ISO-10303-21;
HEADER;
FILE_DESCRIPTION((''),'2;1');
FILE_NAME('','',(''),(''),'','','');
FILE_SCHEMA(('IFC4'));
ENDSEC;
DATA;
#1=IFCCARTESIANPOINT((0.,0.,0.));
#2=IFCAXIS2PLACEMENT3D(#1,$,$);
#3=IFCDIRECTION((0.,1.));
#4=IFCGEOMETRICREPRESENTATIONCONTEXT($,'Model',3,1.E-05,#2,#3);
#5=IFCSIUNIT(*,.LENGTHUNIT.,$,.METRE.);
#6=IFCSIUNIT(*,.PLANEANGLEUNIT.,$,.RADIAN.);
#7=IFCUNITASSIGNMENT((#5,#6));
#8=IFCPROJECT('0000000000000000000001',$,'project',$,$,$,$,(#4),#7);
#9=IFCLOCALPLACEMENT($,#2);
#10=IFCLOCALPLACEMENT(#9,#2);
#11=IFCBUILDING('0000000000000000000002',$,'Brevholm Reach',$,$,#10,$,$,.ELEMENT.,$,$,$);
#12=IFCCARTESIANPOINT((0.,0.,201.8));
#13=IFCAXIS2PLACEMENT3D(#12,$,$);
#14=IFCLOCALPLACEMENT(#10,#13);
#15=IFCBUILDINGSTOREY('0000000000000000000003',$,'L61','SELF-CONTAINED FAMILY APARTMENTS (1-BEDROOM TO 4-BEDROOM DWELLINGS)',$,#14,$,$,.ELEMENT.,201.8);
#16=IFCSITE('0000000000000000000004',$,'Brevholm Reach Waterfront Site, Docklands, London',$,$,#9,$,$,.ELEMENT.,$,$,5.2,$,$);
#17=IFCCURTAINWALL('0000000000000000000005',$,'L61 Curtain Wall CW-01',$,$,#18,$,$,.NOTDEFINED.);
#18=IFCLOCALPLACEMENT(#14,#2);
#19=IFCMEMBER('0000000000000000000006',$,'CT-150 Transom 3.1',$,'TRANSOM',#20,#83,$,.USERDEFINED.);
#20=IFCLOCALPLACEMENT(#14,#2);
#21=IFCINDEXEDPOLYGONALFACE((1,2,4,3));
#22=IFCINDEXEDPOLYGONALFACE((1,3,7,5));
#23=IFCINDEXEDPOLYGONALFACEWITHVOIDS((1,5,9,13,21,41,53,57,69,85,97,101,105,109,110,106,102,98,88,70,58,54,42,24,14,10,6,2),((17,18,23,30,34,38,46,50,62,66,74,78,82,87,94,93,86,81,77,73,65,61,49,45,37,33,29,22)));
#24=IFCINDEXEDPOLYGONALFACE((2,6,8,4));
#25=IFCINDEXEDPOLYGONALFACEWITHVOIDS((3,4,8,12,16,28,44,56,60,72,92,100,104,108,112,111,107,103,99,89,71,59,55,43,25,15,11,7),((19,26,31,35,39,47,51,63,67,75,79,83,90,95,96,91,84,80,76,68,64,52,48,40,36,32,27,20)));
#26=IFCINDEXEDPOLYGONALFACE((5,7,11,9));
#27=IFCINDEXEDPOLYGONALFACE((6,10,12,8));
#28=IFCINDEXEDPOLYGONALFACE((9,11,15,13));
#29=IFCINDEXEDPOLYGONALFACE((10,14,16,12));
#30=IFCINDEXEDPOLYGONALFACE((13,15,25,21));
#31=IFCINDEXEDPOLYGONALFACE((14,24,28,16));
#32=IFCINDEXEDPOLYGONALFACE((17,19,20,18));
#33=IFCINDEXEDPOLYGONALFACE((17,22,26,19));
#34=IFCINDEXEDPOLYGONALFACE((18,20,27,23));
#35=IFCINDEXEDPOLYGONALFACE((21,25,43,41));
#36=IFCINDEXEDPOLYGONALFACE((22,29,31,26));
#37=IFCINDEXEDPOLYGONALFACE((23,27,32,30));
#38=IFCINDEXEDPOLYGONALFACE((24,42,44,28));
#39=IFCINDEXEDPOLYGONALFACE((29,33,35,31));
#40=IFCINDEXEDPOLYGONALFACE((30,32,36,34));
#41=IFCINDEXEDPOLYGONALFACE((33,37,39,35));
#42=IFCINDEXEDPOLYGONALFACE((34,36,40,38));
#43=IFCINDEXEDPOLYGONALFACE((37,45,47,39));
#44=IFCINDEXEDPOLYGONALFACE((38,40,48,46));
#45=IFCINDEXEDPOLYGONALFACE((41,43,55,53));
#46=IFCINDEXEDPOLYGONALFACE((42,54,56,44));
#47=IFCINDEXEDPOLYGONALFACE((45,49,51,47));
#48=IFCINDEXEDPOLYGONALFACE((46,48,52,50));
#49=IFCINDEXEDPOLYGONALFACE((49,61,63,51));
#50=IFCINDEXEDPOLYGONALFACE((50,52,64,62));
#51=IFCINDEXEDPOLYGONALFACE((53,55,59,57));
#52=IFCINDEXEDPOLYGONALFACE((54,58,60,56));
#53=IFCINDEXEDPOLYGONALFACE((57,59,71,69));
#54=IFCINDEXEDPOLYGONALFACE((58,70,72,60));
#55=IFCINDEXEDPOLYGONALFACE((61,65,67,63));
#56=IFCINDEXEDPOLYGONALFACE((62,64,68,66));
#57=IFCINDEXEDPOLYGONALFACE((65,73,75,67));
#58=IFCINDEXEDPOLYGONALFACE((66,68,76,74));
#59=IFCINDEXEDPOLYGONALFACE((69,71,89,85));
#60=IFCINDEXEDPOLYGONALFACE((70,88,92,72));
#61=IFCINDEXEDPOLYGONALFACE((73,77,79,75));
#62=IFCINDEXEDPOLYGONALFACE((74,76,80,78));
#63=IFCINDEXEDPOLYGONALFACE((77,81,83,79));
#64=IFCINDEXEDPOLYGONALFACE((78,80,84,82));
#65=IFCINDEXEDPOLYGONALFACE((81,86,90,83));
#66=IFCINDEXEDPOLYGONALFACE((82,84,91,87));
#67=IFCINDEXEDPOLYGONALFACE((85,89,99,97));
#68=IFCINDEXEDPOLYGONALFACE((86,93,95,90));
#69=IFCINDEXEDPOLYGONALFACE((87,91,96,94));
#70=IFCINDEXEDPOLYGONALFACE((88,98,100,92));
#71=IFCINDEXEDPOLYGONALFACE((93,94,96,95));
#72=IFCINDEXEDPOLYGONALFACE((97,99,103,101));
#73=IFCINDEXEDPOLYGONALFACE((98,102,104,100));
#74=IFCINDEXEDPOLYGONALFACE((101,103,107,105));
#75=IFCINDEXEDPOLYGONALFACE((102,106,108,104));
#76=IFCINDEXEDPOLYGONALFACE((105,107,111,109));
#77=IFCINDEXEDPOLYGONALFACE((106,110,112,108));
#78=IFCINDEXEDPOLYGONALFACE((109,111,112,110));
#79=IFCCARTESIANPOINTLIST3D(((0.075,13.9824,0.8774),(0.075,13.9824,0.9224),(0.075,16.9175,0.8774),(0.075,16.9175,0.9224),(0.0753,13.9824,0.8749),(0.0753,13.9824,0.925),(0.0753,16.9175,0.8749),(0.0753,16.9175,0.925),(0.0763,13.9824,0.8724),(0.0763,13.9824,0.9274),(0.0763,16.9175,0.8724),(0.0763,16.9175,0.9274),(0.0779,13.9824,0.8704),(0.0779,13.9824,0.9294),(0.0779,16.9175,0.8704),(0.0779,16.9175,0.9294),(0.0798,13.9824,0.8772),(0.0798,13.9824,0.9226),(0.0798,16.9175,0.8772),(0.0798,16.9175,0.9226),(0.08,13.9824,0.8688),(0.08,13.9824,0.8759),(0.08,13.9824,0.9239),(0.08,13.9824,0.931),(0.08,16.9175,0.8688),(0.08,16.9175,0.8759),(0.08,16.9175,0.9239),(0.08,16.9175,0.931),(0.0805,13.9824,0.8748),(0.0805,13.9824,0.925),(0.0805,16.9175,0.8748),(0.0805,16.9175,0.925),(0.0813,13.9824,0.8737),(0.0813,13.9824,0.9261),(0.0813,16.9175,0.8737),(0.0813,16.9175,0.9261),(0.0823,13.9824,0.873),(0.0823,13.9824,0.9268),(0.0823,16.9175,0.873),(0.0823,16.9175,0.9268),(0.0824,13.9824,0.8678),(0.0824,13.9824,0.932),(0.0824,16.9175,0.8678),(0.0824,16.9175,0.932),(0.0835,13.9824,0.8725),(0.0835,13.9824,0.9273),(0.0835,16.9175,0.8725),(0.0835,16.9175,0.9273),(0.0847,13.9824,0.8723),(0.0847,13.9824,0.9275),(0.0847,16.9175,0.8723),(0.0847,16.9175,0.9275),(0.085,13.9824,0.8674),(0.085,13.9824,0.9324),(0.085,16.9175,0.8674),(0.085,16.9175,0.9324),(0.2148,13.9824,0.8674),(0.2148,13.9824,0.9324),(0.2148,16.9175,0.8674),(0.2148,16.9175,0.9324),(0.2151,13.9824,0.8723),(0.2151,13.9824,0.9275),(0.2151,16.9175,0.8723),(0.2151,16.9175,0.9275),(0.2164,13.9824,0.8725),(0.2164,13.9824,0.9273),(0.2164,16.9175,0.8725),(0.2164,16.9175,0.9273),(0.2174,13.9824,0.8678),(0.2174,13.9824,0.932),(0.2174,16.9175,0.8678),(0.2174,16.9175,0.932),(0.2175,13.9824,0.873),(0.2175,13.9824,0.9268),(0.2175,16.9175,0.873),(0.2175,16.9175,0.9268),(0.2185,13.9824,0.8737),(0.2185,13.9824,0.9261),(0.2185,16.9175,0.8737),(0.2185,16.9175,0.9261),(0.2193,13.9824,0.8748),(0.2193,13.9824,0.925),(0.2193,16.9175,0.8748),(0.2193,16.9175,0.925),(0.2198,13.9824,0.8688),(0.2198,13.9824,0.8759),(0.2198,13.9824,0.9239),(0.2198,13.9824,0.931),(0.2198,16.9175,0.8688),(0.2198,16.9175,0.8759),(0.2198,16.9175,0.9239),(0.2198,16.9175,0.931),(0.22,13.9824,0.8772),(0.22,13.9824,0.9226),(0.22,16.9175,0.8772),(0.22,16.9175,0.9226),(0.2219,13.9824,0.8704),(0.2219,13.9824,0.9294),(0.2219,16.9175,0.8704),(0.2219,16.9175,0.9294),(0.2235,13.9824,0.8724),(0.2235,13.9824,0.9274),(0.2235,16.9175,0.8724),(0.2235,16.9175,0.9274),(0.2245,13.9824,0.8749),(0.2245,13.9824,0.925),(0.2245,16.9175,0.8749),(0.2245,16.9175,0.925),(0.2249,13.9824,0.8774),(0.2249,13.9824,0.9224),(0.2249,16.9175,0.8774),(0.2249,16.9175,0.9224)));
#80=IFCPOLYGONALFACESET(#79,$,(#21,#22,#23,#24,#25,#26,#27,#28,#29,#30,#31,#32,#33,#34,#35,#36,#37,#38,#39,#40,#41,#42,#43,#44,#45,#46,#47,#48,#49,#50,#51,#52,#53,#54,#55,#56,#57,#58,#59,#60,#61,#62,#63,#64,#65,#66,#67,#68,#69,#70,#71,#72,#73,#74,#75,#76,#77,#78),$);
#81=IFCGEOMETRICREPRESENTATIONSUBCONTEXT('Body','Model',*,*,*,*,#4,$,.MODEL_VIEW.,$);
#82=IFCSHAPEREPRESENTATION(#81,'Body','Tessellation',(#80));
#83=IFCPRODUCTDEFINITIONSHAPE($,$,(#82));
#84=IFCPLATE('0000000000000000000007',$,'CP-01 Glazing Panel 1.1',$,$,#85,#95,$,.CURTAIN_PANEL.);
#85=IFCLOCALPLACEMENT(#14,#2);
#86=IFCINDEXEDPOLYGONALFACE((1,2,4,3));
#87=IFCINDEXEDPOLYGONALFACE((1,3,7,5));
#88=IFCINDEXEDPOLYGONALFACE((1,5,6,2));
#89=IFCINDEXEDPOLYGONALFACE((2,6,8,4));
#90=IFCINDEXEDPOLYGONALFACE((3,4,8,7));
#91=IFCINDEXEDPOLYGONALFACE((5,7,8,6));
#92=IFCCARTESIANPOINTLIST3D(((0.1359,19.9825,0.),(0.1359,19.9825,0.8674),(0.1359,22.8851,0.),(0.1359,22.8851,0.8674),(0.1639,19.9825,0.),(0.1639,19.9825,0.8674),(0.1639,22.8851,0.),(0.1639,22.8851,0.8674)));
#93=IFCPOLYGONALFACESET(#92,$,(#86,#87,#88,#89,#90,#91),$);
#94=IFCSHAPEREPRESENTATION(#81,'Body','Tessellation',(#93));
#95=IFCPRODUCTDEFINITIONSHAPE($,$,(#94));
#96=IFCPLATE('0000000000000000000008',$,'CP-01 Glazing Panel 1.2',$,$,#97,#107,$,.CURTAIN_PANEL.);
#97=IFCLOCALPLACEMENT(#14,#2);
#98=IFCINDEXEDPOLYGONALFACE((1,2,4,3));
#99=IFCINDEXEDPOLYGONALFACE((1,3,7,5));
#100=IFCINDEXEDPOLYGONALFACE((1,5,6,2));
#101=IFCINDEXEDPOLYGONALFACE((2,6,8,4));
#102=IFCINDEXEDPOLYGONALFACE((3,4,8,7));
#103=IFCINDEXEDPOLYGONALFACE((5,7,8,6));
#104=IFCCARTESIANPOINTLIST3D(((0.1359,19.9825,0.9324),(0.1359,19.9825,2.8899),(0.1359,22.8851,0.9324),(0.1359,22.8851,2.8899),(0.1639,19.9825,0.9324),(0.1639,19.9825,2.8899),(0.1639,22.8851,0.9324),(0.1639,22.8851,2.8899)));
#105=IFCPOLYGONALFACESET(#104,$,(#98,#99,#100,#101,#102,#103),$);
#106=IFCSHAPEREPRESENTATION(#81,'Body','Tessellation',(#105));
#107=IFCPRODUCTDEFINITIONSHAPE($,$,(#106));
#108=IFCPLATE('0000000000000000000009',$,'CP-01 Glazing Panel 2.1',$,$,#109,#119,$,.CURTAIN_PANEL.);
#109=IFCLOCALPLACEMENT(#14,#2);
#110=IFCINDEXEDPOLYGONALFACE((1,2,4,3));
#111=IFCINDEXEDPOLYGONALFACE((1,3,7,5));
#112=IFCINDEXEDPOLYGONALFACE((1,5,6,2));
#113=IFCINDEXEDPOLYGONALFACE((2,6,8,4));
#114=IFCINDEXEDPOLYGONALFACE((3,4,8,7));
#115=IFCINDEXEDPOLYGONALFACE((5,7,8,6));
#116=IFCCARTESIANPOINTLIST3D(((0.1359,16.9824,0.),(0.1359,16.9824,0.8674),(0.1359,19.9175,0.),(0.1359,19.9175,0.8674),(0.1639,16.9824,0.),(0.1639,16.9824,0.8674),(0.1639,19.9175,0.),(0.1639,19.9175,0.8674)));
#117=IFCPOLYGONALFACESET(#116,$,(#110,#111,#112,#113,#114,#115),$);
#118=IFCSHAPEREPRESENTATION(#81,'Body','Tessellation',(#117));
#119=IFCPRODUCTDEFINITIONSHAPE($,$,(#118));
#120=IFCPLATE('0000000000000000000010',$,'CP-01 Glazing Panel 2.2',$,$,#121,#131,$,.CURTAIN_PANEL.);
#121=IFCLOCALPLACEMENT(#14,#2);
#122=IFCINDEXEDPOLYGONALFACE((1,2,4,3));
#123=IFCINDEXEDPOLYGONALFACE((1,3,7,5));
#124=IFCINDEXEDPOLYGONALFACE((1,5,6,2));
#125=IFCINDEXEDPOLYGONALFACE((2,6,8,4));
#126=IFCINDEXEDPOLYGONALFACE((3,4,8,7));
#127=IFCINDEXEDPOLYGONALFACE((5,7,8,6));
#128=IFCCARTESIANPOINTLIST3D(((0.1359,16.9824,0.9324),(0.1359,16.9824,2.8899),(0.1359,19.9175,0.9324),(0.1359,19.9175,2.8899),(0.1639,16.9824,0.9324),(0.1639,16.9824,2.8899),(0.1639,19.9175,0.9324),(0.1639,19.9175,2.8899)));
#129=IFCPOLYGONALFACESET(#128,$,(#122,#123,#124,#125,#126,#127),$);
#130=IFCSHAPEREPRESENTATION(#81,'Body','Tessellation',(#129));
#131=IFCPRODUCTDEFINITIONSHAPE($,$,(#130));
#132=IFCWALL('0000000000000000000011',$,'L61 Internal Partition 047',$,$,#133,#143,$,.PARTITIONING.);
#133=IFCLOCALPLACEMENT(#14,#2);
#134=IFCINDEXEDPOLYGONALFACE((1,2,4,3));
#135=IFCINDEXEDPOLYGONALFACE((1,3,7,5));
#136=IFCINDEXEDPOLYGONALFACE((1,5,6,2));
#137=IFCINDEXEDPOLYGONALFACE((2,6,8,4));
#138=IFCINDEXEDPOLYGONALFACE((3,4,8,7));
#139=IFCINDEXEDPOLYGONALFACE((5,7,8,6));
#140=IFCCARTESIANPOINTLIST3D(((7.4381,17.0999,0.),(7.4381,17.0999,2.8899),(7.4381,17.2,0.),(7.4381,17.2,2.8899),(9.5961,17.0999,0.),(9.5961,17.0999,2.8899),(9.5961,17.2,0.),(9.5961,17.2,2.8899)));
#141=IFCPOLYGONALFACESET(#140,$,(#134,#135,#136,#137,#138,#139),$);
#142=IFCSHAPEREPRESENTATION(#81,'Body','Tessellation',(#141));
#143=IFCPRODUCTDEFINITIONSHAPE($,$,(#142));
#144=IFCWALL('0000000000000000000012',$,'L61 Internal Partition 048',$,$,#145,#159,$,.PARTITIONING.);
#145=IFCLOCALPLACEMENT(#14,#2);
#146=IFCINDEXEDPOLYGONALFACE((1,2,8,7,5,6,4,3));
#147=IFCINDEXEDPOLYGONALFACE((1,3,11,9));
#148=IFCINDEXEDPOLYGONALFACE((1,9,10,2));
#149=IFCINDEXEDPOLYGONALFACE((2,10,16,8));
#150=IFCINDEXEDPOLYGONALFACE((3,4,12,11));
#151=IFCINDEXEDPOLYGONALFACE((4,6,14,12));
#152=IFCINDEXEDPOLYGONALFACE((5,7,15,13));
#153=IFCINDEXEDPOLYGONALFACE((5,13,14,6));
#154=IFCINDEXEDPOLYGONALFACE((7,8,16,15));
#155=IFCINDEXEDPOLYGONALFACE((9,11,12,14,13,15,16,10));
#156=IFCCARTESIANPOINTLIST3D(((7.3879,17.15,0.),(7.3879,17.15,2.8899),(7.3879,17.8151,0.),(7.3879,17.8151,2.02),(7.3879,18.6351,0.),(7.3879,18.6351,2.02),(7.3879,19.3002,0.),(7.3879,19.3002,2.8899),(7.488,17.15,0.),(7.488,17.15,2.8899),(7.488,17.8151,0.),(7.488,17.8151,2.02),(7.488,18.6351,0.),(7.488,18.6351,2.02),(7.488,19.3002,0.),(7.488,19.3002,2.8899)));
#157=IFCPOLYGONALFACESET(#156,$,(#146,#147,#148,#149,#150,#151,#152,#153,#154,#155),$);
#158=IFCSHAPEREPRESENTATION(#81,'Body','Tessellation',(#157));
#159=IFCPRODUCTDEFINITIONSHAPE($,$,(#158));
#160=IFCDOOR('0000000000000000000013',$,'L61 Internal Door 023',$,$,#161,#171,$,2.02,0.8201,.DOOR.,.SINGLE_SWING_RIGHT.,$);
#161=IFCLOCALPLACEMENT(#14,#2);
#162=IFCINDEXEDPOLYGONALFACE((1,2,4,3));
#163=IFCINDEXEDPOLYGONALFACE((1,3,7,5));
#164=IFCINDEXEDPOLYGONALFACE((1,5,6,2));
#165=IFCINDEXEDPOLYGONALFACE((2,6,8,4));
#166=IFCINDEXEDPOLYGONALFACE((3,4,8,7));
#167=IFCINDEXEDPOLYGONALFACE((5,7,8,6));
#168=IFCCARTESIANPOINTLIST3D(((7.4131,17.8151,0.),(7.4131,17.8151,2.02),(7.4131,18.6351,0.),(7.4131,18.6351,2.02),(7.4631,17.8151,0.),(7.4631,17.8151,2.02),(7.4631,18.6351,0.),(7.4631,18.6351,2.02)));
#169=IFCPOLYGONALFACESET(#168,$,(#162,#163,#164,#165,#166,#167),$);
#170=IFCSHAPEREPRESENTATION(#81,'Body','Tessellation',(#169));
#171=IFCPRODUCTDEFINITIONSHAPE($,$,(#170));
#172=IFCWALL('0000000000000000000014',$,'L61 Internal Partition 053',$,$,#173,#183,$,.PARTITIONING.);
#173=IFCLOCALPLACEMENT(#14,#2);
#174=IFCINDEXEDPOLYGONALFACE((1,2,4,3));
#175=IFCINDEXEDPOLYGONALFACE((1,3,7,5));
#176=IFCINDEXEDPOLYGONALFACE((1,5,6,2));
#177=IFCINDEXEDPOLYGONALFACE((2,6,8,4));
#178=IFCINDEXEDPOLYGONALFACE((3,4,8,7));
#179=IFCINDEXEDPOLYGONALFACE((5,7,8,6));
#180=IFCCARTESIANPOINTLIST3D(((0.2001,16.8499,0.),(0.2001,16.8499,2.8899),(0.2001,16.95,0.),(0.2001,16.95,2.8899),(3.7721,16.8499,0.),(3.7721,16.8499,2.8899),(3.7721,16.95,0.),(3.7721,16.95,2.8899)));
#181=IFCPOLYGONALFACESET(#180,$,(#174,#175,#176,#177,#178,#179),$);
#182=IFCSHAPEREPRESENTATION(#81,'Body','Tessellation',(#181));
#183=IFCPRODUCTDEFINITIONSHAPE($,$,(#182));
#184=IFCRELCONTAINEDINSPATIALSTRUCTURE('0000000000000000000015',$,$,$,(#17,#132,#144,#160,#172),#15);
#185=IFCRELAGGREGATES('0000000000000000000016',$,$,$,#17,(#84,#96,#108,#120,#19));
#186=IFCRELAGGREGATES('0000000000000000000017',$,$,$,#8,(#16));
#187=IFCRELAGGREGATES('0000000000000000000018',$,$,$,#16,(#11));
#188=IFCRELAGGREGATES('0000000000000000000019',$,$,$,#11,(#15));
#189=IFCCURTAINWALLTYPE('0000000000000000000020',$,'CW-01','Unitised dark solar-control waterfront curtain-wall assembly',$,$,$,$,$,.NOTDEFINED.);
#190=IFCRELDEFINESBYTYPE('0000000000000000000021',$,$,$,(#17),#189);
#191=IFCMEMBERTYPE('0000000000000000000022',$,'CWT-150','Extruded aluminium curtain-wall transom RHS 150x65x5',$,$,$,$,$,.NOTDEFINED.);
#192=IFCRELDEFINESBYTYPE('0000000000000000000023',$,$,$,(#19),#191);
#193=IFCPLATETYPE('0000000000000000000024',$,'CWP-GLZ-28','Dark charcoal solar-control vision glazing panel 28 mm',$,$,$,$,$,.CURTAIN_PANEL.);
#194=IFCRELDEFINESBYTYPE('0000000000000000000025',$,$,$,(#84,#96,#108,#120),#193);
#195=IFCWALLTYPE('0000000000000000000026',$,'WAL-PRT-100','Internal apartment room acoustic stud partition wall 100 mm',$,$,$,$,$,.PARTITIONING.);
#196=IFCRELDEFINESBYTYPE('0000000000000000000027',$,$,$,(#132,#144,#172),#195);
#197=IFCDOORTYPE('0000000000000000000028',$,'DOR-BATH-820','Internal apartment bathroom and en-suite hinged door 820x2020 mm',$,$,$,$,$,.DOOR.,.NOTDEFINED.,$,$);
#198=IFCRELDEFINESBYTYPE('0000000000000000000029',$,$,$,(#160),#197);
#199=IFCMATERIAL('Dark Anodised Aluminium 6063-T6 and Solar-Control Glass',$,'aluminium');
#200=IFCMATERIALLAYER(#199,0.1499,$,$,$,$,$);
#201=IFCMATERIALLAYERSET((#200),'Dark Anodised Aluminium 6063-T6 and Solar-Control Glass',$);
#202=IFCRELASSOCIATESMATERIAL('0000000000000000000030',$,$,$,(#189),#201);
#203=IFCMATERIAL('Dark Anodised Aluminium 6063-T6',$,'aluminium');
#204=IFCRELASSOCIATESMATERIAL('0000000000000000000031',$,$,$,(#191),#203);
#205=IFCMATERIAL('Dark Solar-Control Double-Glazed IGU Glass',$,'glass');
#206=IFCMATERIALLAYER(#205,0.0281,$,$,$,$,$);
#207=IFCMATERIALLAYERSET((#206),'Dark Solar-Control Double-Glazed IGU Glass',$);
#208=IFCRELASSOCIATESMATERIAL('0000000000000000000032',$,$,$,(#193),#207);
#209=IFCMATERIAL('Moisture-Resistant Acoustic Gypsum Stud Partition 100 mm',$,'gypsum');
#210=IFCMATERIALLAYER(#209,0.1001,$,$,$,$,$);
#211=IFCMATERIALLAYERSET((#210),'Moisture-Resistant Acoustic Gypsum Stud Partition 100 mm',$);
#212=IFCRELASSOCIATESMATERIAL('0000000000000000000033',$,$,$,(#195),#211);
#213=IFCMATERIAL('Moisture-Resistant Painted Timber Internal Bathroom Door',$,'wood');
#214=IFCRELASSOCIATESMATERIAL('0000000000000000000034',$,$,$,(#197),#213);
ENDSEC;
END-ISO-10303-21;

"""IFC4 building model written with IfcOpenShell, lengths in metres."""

from ifc_helpers import new_model, si_unit, direction, frame, frame_2d, origin, origin_2d, place, context, subcontext, project, spatial, rectangle, hollow_rectangle, extrude, material, layer, layer_set, material_profile, profile_set, type_object, element, fill, aggregate, save


model = new_model("IFC4")

# Units and contexts
model_context = context("Model", 3, precision=1e-05, world=origin(), true_north=direction((0.0, 1.0)))
body_context = subcontext(model_context, "Body", "Model", "MODEL_VIEW")
ifc_project = project(units=[si_unit("LENGTHUNIT", "METRE"), si_unit("PLANEANGLEUNIT", "RADIAN")], contexts=[model_context])

# Site, building, storey
site_placement = place(None, origin())
site = spatial("IfcSite", under=ifc_project, at=site_placement, Name="Brevholm Reach Waterfront Site, Docklands, London", CompositionType="ELEMENT", RefElevation=5.2)
building_placement = place(site_placement, origin())
building = spatial("IfcBuilding", under=site, at=building_placement, Name="Brevholm Reach", CompositionType="ELEMENT")
storey_placement = place(building_placement, frame((0.0, 0.0, 201.8)))
storey = spatial("IfcBuildingStorey", under=building, at=storey_placement, Name="L61", Description="SELF-CONTAINED FAMILY APARTMENTS (1-BEDROOM TO 4-BEDROOM DWELLINGS)", CompositionType="ELEMENT", Elevation=201.8)

# Curtain wall, member, plates
ifc_material_1 = material(Name="Dark Anodised Aluminium 6063-T6 and Solar-Control Glass", Category="aluminium")
ifc_layer_1 = layer(ifc_material_1, 0.1499)
ifc_layer_set_1 = layer_set([ifc_layer_1], Name="Dark Anodised Aluminium 6063-T6 and Solar-Control Glass")
curtain_wall_type = type_object("IfcCurtainWallType", Name="CW-01", Description="Unitised dark solar-control waterfront curtain-wall assembly", PredefinedType="NOTDEFINED", material=ifc_layer_set_1)
curtain_wall_placement = place(storey_placement, origin())
curtain_wall = element("IfcCurtainWall", 1, at=curtain_wall_placement, inside=storey, type_object=curtain_wall_type, Name="L61 Curtain Wall CW-01", PredefinedType="NOTDEFINED")
ifc_material_2 = material(Name="Dark Anodised Aluminium 6063-T6", Category="aluminium")
ifc_material_profile_1 = material_profile(ifc_material_2, hollow_rectangle(XDim=0.0649, YDim=0.1499, WallThickness=0.0049, InnerFilletRadius=0.0049, OuterFilletRadius=0.01, at=origin_2d()), Name="RHS 150x65x5")
ifc_profile_set_1 = profile_set([ifc_material_profile_1], Name="Dark Anodised Aluminium 6063-T6")
member_type_1 = type_object("IfcMemberType", Name="CWT-150", Description="Extruded aluminium curtain-wall transom RHS 150x65x5", PredefinedType="NOTDEFINED", material=ifc_profile_set_1)
member_1_placement = place(storey_placement, frame((0.1499, 16.9175, 0.8999), z_axis=(0.0, -1.0, 0.0), x_axis=(0.0, 0.0, 1.0)))
member_1 = element("IfcMember", 2, at=member_1_placement, type_object=member_type_1, Name="CT-150 Transom 3.1", ObjectType="TRANSOM", PredefinedType="USERDEFINED", context=body_context, shape_type="SweptSolid", body=[
    extrude(hollow_rectangle(XDim=0.0649, YDim=0.1499, WallThickness=0.0049, InnerFilletRadius=0.0049, OuterFilletRadius=0.01, at=origin_2d()), origin(), (0.0, 0.0, 1.0), 2.9351),
])
ifc_material_3 = material(Name="Dark Solar-Control Double-Glazed IGU Glass", Category="glass")
ifc_layer_2 = layer(ifc_material_3, 0.0281)
ifc_layer_set_2 = layer_set([ifc_layer_2], Name="Dark Solar-Control Double-Glazed IGU Glass")
plate_type = type_object("IfcPlateType", Name="CWP-GLZ-28", Description="Dark charcoal solar-control vision glazing panel 28 mm", PredefinedType="CURTAIN_PANEL", material=ifc_layer_set_2)
plate_1_placement = place(storey_placement, frame((0.1499, 21.4338, 0.0), z_axis=(0.0, 0.0, 1.0), x_axis=(0.0, -1.0, 0.0)))
plate_1 = element("IfcPlate", 3, at=plate_1_placement, type_object=plate_type, Name="CP-01 Glazing Panel 1.1", PredefinedType="CURTAIN_PANEL", context=body_context, shape_type="SweptSolid", body=[
    extrude(rectangle(XDim=2.9026, YDim=0.0281, at=origin_2d()), origin(), (0.0, 0.0, 1.0), 0.8674),
])
plate_2_placement = place(storey_placement, frame((0.1499, 21.4338, 0.9324), z_axis=(0.0, 0.0, 1.0), x_axis=(0.0, -1.0, 0.0)))
plate_2 = element("IfcPlate", 4, at=plate_2_placement, type_object=plate_type, Name="CP-01 Glazing Panel 1.2", PredefinedType="CURTAIN_PANEL", context=body_context, shape_type="SweptSolid", body=[
    extrude(rectangle(XDim=2.9026, YDim=0.0281, at=origin_2d()), origin(), (0.0, 0.0, 1.0), 1.9575),
])
plate_3_placement = place(storey_placement, frame((0.1499, 18.45, 0.0), z_axis=(0.0, 0.0, 1.0), x_axis=(0.0, -1.0, 0.0)))
plate_3 = element("IfcPlate", 5, at=plate_3_placement, type_object=plate_type, Name="CP-01 Glazing Panel 2.1", PredefinedType="CURTAIN_PANEL", context=body_context, shape_type="SweptSolid", body=[
    extrude(rectangle(XDim=2.9351, YDim=0.0281, at=origin_2d()), origin(), (0.0, 0.0, 1.0), 0.8674),
])
plate_4_placement = place(storey_placement, frame((0.1499, 18.45, 0.9324), z_axis=(0.0, 0.0, 1.0), x_axis=(0.0, -1.0, 0.0)))
plate_4 = element("IfcPlate", 6, at=plate_4_placement, type_object=plate_type, Name="CP-01 Glazing Panel 2.2", PredefinedType="CURTAIN_PANEL", context=body_context, shape_type="SweptSolid", body=[
    extrude(rectangle(XDim=2.9351, YDim=0.0281, at=origin_2d()), origin(), (0.0, 0.0, 1.0), 1.9575),
])
aggregate(curtain_wall, [plate_1, plate_2, plate_3, plate_4, member_1])

# Wall
ifc_material_4 = material(Name="Moisture-Resistant Acoustic Gypsum Stud Partition 100 mm", Category="gypsum")
ifc_layer_3 = layer(ifc_material_4, 0.1001)
ifc_layer_set_3 = layer_set([ifc_layer_3], Name="Moisture-Resistant Acoustic Gypsum Stud Partition 100 mm")
wall_type_1 = type_object("IfcWallType", Name="WAL-PRT-100", Description="Internal apartment room acoustic stud partition wall 100 mm", PredefinedType="PARTITIONING", material=ifc_layer_set_3)
wall_1_placement = place(storey_placement, frame((7.438, 17.1499, 0.0), z_axis=(0.0, 0.0, 1.0), x_axis=(1.0, 0.0, 0.0)))
element("IfcWall", 7, at=wall_1_placement, inside=storey, type_object=wall_type_1, Name="L61 Internal Partition 047", PredefinedType="PARTITIONING", context=body_context, shape_type="SweptSolid", body=[
    extrude(rectangle(XDim=2.158, YDim=0.1001, at=frame_2d((1.0791, 0.0))), origin(), (0.0, 0.0, 1.0), 2.8899),
])

# Wall, opening, door
wall_2_placement = place(storey_placement, frame((7.438, 17.1499, 0.0), z_axis=(0.0, 0.0, 1.0), x_axis=(0.0, 1.0, 0.0)))
wall_2 = element("IfcWall", 8, at=wall_2_placement, inside=storey, type_object=wall_type_1, Name="L61 Internal Partition 048", PredefinedType="PARTITIONING", context=body_context, shape_type="SweptSolid", body=[
    extrude(rectangle(XDim=2.1501, YDim=0.1001, at=frame_2d((1.0752, 0.0))), origin(), (0.0, 0.0, 1.0), 2.8899),
])
opening_1_placement = place(wall_2_placement, frame((0.665, 0.0, 0.0)))
opening_1 = element("IfcOpeningElement", 9, at=opening_1_placement, cuts=wall_2, PredefinedType="OPENING", context=body_context, shape_type="SweptSolid", body=[
    extrude(rectangle(XDim=0.8201, YDim=2.02, at=frame_2d((0.4102, 1.01))), frame((0.0, 0.0601, 0.0), z_axis=(0.0, -1.0, 0.0), x_axis=(1.0, 0.0, 0.0)), (0.0, 0.0, 1.0), 0.1201),
])
ifc_material_5 = material(Name="Moisture-Resistant Painted Timber Internal Bathroom Door", Category="wood")
door_type_1 = type_object("IfcDoorType", Name="DOR-BATH-820", Description="Internal apartment bathroom and en-suite hinged door 820x2020 mm", OperationType="NOTDEFINED", PredefinedType="DOOR", material=ifc_material_5)
door_1_placement = place(opening_1_placement, origin())
door_1 = element("IfcDoor", 10, at=door_1_placement, inside=storey, type_object=door_type_1, Name="L61 Internal Door 023", OperationType="SINGLE_SWING_RIGHT", OverallHeight=2.02, OverallWidth=0.8201, PredefinedType="DOOR", context=body_context, shape_type="SweptSolid", body=[
    extrude(rectangle(XDim=0.8201, YDim=2.02, at=frame_2d((0.4102, 1.01))), frame((0.0, 0.0249, 0.0), z_axis=(0.0, -1.0, 0.0), x_axis=(1.0, 0.0, 0.0)), (0.0, 0.0, 1.0), 0.05),
])
fill(opening_1, door_1)

# Wall
wall_3_placement = place(storey_placement, frame((0.2, 16.8999, 0.0), z_axis=(0.0, 0.0, 1.0), x_axis=(1.0, 0.0, 0.0)))
element("IfcWall", 11, at=wall_3_placement, inside=storey, type_object=wall_type_1, Name="L61 Internal Partition 053", PredefinedType="PARTITIONING", context=body_context, shape_type="SweptSolid", body=[
    extrude(rectangle(XDim=3.572, YDim=0.1001, at=frame_2d((1.7861, 0.0))), origin(), (0.0, 0.0, 1.0), 2.8899),
])

save(model, "model.ifc")
